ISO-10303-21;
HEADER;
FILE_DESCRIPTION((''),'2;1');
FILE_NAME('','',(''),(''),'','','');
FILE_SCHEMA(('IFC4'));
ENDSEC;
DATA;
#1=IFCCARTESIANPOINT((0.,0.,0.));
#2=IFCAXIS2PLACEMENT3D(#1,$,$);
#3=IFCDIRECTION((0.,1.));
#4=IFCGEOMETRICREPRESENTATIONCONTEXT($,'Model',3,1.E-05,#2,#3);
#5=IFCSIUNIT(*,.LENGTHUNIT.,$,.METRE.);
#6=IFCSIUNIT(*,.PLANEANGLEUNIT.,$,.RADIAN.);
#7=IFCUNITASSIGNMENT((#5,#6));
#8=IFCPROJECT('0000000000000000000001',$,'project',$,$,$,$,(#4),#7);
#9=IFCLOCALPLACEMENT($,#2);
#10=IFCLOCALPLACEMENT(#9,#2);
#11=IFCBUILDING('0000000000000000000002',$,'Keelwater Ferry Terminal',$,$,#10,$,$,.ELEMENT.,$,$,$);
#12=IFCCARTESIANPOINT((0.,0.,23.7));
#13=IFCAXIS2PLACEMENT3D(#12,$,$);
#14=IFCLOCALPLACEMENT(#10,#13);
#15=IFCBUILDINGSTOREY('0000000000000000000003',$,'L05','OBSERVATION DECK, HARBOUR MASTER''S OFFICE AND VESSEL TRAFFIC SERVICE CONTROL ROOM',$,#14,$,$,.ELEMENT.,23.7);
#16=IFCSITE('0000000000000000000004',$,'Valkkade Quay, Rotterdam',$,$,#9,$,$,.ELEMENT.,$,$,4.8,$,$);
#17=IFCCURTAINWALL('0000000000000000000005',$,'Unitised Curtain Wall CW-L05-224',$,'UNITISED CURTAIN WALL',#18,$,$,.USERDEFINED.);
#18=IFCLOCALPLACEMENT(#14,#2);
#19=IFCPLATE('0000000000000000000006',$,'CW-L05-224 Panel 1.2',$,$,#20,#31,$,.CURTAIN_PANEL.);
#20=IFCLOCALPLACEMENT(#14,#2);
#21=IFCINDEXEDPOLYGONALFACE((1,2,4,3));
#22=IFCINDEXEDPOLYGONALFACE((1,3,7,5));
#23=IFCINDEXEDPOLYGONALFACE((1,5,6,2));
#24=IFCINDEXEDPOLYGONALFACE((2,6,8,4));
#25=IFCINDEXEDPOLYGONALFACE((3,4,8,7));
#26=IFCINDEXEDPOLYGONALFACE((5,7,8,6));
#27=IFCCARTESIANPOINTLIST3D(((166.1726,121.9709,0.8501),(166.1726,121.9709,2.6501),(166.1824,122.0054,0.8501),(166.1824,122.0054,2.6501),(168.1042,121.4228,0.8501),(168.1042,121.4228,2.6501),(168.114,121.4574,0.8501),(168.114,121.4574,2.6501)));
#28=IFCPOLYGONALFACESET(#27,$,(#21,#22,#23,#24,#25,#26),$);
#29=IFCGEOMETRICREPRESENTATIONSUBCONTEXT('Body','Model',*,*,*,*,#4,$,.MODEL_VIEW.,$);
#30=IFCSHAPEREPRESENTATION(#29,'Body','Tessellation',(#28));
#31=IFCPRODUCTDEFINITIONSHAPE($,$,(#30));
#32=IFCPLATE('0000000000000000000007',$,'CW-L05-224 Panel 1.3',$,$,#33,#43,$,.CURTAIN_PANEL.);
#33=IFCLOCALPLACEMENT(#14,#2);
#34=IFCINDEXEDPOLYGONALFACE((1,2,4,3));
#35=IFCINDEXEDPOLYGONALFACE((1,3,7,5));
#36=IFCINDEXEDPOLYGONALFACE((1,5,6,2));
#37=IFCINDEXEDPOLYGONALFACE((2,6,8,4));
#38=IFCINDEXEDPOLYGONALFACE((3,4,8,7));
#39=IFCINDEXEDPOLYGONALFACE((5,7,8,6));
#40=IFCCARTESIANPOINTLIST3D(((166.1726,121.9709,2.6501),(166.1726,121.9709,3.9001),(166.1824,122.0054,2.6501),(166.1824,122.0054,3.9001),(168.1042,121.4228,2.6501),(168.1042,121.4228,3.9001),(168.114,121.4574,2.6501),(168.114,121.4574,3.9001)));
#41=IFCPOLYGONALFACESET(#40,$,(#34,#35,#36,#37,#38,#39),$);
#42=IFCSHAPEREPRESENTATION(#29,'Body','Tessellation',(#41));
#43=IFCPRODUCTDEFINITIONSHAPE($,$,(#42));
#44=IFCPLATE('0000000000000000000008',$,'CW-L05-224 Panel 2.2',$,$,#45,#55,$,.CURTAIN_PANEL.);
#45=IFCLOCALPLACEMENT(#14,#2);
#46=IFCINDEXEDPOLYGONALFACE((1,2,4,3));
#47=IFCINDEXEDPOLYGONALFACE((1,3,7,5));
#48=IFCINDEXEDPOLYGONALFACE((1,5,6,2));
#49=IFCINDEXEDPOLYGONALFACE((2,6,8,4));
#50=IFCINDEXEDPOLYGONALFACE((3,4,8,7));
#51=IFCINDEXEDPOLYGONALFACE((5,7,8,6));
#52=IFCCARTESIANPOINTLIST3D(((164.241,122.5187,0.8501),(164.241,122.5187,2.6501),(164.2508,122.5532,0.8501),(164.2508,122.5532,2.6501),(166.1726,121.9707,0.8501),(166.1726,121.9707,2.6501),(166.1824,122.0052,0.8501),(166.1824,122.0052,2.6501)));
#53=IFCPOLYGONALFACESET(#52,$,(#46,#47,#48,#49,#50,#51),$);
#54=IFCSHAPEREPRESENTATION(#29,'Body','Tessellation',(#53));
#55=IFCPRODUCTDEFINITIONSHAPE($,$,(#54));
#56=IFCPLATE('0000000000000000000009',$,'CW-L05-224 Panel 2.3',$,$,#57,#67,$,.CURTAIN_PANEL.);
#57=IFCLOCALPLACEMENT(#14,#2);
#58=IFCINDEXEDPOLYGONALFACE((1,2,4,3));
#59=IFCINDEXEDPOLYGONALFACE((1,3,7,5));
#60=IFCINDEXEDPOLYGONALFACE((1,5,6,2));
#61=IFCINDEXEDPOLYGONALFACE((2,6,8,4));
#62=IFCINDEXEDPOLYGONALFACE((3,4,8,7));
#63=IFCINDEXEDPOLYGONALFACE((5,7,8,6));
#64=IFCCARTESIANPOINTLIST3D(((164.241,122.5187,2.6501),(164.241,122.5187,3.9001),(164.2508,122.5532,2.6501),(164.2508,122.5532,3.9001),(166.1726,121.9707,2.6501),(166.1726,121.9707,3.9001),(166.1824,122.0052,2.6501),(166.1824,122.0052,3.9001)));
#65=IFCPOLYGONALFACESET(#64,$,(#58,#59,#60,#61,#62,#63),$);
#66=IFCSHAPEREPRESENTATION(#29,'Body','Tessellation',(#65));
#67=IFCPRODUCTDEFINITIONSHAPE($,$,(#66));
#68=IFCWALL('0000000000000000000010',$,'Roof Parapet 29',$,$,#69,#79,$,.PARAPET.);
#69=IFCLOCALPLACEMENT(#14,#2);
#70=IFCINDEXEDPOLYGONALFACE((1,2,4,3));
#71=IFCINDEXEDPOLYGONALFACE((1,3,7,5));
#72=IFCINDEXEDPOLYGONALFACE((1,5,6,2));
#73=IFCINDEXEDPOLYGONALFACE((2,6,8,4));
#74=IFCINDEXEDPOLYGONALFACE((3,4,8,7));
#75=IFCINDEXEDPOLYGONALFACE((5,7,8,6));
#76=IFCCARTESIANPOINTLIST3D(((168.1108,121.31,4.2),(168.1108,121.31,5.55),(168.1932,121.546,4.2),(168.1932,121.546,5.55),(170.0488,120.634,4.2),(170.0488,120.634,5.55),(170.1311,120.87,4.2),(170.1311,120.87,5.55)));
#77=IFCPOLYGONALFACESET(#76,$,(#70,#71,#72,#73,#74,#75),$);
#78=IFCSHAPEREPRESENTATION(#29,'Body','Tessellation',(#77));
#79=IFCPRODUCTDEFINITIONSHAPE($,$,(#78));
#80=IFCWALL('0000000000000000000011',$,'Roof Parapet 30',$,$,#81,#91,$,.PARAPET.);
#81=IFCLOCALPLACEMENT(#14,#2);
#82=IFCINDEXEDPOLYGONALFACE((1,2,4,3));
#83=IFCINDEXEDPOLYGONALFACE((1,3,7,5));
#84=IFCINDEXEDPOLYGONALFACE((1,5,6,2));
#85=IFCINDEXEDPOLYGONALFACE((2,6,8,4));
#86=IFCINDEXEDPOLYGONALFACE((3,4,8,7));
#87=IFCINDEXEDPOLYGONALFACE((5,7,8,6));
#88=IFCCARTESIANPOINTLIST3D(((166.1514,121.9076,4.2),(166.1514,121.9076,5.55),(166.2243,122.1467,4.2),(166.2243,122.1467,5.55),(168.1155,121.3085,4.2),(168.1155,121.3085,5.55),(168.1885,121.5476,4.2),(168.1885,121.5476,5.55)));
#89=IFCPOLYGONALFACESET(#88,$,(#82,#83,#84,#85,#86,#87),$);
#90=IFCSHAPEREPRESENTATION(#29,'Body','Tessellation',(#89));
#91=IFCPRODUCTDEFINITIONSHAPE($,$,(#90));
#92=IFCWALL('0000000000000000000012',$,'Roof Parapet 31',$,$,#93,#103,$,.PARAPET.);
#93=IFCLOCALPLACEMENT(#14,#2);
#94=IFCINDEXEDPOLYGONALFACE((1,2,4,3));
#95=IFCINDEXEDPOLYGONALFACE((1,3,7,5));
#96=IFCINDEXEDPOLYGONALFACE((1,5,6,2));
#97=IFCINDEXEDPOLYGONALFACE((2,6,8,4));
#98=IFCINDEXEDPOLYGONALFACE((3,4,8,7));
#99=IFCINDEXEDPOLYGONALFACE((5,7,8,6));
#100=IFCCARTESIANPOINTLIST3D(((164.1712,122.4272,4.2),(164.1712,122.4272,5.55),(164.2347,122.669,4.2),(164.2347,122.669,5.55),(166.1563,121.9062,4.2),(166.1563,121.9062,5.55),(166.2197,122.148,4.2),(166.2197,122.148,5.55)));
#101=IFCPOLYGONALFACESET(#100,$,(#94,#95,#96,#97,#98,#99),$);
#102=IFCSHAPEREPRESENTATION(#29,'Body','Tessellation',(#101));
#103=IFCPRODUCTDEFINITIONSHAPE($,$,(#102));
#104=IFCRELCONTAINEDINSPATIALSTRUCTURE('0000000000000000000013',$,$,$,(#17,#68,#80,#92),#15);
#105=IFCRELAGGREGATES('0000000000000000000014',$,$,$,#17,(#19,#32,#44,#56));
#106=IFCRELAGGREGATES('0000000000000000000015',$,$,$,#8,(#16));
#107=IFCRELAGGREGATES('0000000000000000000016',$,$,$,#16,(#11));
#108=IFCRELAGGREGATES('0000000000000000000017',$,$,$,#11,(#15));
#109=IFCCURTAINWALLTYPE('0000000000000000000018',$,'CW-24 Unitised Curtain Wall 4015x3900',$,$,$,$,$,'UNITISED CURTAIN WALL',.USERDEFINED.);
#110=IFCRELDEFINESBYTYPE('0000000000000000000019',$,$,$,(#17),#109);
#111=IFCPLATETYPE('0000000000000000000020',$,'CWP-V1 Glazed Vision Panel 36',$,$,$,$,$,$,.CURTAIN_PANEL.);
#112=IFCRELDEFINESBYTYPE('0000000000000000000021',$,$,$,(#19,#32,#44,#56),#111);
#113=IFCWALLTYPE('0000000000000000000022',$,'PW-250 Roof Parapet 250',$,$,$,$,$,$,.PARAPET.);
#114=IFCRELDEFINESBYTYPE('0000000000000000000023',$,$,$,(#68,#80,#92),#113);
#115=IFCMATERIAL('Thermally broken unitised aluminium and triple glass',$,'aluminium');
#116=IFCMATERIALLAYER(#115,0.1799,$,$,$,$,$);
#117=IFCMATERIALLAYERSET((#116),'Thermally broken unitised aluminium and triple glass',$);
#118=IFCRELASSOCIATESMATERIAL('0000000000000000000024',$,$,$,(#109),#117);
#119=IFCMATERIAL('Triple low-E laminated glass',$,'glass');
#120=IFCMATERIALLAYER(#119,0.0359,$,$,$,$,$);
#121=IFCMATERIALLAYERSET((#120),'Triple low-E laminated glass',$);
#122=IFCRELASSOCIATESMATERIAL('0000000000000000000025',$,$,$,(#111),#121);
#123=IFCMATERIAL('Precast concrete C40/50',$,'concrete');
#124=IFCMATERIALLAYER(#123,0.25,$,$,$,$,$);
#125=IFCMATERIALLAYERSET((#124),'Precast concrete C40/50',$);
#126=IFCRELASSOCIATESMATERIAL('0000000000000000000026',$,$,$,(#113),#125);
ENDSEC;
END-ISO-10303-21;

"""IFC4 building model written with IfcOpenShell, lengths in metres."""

from ifc_helpers import new_model, si_unit, direction, frame, frame_2d, origin, origin_2d, place, context, subcontext, project, spatial, rectangle, extrude, material, layer, layer_set, type_object, element, aggregate, save


model = new_model("IFC4")

# Units and contexts
model_context = context("Model", 3, precision=1e-05, world=origin(), true_north=direction((0.0, 1.0)))
body_context = subcontext(model_context, "Body", "Model", "MODEL_VIEW")
ifc_project = project(units=[si_unit("LENGTHUNIT", "METRE"), si_unit("PLANEANGLEUNIT", "RADIAN")], contexts=[model_context])

# Site, building, storey
site_placement = place(None, origin())
site = spatial("IfcSite", under=ifc_project, at=site_placement, Name="Valkkade Quay, Rotterdam", CompositionType="ELEMENT", RefElevation=4.8)
building_placement = place(site_placement, origin())
building = spatial("IfcBuilding", under=site, at=building_placement, Name="Keelwater Ferry Terminal", CompositionType="ELEMENT")
storey_placement = place(building_placement, frame((0.0, 0.0, 23.7)))
storey = spatial("IfcBuildingStorey", under=building, at=storey_placement, Name="L05", Description="OBSERVATION DECK, HARBOUR MASTER'S OFFICE AND VESSEL TRAFFIC SERVICE CONTROL ROOM", CompositionType="ELEMENT", Elevation=23.7)

# Curtain wall
ifc_material_1 = material(Name="Thermally broken unitised aluminium and triple glass", Category="aluminium")
ifc_layer_1 = layer(ifc_material_1, 0.1799)
ifc_layer_set_1 = layer_set([ifc_layer_1], Name="Thermally broken unitised aluminium and triple glass")
curtain_wall_type = type_object("IfcCurtainWallType", Name="CW-24 Unitised Curtain Wall 4015x3900", ElementType="UNITISED CURTAIN WALL", PredefinedType="USERDEFINED", material=ifc_layer_set_1)
curtain_wall_1_placement = place(storey_placement, origin())
curtain_wall_1 = element("IfcCurtainWall", 1, at=curtain_wall_1_placement, inside=storey, type_object=curtain_wall_type, Name="Unitised Curtain Wall CW-L05-224", ObjectType="UNITISED CURTAIN WALL", PredefinedType="USERDEFINED")

# Plates
ifc_material_2 = material(Name="Triple low-E laminated glass", Category="glass")
ifc_layer_2 = layer(ifc_material_2, 0.0359)
ifc_layer_set_2 = layer_set([ifc_layer_2], Name="Triple low-E laminated glass")
plate_type_1 = type_object("IfcPlateType", Name="CWP-V1 Glazed Vision Panel 36", PredefinedType="CURTAIN_PANEL", material=ifc_layer_set_2)
plate_1_placement = place(storey_placement, frame((167.1433, 121.7141, 0.8501), z_axis=(0.0, 0.0, 1.0), x_axis=(-0.96203, 0.272945, 0.0)))
plate_1 = element("IfcPlate", 2, at=plate_1_placement, type_object=plate_type_1, Name="CW-L05-224 Panel 1.2", PredefinedType="CURTAIN_PANEL", context=body_context, shape_type="SweptSolid", body=[
    extrude(rectangle(XDim=2.0078, YDim=0.0359, at=origin_2d()), origin(), (0.0, 0.0, 1.0), 1.8),
])
plate_2_placement = place(storey_placement, frame((167.1433, 121.7141, 2.6501), z_axis=(0.0, 0.0, 1.0), x_axis=(-0.96203, 0.272945, 0.0)))
plate_2 = element("IfcPlate", 3, at=plate_2_placement, type_object=plate_type_1, Name="CW-L05-224 Panel 1.3", PredefinedType="CURTAIN_PANEL", context=body_context, shape_type="SweptSolid", body=[
    extrude(rectangle(XDim=2.0078, YDim=0.0359, at=origin_2d()), origin(), (0.0, 0.0, 1.0), 1.25),
])
plate_3_placement = place(storey_placement, frame((165.2117, 122.262, 0.8501), z_axis=(0.0, 0.0, 1.0), x_axis=(-0.96203, 0.272945, 0.0)))
plate_3 = element("IfcPlate", 4, at=plate_3_placement, type_object=plate_type_1, Name="CW-L05-224 Panel 2.2", PredefinedType="CURTAIN_PANEL", context=body_context, shape_type="SweptSolid", body=[
    extrude(rectangle(XDim=2.0078, YDim=0.0359, at=origin_2d()), origin(), (0.0, 0.0, 1.0), 1.8),
])
plate_4_placement = place(storey_placement, frame((165.2117, 122.262, 2.6501), z_axis=(0.0, 0.0, 1.0), x_axis=(-0.96203, 0.272945, 0.0)))
plate_4 = element("IfcPlate", 5, at=plate_4_placement, type_object=plate_type_1, Name="CW-L05-224 Panel 2.3", PredefinedType="CURTAIN_PANEL", context=body_context, shape_type="SweptSolid", body=[
    extrude(rectangle(XDim=2.0078, YDim=0.0359, at=origin_2d()), origin(), (0.0, 0.0, 1.0), 1.25),
])
aggregate(curtain_wall_1, [plate_1, plate_2, plate_3, plate_4])

# Walls
ifc_material_3 = material(Name="Precast concrete C40/50", Category="concrete")
ifc_layer_3 = layer(ifc_material_3, 0.25)
ifc_layer_set_3 = layer_set([ifc_layer_3], Name="Precast concrete C40/50")
wall_type = type_object("IfcWallType", Name="PW-250 Roof Parapet 250", PredefinedType="PARAPET", material=ifc_layer_set_3)
wall_1_placement = place(storey_placement, frame((170.0901, 120.752, 4.2), z_axis=(0.0, 0.0, 1.0), x_axis=(-0.944203, 0.329365, 0.0)))
element("IfcWall", 6, at=wall_1_placement, inside=storey, type_object=wall_type, Name="Roof Parapet 29", PredefinedType="PARAPET", context=body_context, shape_type="SweptSolid", body=[
    extrude(rectangle(XDim=2.0525, YDim=0.25, at=frame_2d((1.0264, 0.0))), origin(), (0.0, 0.0, 1.0), 1.3501),
])
wall_2_placement = place(storey_placement, frame((168.1521, 121.428, 4.2), z_axis=(0.0, 0.0, 1.0), x_axis=(-0.956491, 0.291762, 0.0)))
element("IfcWall", 7, at=wall_2_placement, inside=storey, type_object=wall_type, Name="Roof Parapet 30", PredefinedType="PARAPET", context=body_context, shape_type="SweptSolid", body=[
    extrude(rectangle(XDim=2.0535, YDim=0.25, at=frame_2d((1.0269, 0.0))), origin(), (0.0, 0.0, 1.0), 1.3501),
])
wall_3_placement = place(storey_placement, frame((166.188, 122.0271, 4.2), z_axis=(0.0, 0.0, 1.0), x_axis=(-0.967242, 0.253855, 0.0)))
element("IfcWall", 8, at=wall_3_placement, inside=storey, type_object=wall_type, Name="Roof Parapet 31", PredefinedType="PARAPET", context=body_context, shape_type="SweptSolid", body=[
    extrude(rectangle(XDim=2.0522, YDim=0.25, at=frame_2d((1.0261, 0.0))), origin(), (0.0, 0.0, 1.0), 1.3501),
])

save(model, "model.ifc")
